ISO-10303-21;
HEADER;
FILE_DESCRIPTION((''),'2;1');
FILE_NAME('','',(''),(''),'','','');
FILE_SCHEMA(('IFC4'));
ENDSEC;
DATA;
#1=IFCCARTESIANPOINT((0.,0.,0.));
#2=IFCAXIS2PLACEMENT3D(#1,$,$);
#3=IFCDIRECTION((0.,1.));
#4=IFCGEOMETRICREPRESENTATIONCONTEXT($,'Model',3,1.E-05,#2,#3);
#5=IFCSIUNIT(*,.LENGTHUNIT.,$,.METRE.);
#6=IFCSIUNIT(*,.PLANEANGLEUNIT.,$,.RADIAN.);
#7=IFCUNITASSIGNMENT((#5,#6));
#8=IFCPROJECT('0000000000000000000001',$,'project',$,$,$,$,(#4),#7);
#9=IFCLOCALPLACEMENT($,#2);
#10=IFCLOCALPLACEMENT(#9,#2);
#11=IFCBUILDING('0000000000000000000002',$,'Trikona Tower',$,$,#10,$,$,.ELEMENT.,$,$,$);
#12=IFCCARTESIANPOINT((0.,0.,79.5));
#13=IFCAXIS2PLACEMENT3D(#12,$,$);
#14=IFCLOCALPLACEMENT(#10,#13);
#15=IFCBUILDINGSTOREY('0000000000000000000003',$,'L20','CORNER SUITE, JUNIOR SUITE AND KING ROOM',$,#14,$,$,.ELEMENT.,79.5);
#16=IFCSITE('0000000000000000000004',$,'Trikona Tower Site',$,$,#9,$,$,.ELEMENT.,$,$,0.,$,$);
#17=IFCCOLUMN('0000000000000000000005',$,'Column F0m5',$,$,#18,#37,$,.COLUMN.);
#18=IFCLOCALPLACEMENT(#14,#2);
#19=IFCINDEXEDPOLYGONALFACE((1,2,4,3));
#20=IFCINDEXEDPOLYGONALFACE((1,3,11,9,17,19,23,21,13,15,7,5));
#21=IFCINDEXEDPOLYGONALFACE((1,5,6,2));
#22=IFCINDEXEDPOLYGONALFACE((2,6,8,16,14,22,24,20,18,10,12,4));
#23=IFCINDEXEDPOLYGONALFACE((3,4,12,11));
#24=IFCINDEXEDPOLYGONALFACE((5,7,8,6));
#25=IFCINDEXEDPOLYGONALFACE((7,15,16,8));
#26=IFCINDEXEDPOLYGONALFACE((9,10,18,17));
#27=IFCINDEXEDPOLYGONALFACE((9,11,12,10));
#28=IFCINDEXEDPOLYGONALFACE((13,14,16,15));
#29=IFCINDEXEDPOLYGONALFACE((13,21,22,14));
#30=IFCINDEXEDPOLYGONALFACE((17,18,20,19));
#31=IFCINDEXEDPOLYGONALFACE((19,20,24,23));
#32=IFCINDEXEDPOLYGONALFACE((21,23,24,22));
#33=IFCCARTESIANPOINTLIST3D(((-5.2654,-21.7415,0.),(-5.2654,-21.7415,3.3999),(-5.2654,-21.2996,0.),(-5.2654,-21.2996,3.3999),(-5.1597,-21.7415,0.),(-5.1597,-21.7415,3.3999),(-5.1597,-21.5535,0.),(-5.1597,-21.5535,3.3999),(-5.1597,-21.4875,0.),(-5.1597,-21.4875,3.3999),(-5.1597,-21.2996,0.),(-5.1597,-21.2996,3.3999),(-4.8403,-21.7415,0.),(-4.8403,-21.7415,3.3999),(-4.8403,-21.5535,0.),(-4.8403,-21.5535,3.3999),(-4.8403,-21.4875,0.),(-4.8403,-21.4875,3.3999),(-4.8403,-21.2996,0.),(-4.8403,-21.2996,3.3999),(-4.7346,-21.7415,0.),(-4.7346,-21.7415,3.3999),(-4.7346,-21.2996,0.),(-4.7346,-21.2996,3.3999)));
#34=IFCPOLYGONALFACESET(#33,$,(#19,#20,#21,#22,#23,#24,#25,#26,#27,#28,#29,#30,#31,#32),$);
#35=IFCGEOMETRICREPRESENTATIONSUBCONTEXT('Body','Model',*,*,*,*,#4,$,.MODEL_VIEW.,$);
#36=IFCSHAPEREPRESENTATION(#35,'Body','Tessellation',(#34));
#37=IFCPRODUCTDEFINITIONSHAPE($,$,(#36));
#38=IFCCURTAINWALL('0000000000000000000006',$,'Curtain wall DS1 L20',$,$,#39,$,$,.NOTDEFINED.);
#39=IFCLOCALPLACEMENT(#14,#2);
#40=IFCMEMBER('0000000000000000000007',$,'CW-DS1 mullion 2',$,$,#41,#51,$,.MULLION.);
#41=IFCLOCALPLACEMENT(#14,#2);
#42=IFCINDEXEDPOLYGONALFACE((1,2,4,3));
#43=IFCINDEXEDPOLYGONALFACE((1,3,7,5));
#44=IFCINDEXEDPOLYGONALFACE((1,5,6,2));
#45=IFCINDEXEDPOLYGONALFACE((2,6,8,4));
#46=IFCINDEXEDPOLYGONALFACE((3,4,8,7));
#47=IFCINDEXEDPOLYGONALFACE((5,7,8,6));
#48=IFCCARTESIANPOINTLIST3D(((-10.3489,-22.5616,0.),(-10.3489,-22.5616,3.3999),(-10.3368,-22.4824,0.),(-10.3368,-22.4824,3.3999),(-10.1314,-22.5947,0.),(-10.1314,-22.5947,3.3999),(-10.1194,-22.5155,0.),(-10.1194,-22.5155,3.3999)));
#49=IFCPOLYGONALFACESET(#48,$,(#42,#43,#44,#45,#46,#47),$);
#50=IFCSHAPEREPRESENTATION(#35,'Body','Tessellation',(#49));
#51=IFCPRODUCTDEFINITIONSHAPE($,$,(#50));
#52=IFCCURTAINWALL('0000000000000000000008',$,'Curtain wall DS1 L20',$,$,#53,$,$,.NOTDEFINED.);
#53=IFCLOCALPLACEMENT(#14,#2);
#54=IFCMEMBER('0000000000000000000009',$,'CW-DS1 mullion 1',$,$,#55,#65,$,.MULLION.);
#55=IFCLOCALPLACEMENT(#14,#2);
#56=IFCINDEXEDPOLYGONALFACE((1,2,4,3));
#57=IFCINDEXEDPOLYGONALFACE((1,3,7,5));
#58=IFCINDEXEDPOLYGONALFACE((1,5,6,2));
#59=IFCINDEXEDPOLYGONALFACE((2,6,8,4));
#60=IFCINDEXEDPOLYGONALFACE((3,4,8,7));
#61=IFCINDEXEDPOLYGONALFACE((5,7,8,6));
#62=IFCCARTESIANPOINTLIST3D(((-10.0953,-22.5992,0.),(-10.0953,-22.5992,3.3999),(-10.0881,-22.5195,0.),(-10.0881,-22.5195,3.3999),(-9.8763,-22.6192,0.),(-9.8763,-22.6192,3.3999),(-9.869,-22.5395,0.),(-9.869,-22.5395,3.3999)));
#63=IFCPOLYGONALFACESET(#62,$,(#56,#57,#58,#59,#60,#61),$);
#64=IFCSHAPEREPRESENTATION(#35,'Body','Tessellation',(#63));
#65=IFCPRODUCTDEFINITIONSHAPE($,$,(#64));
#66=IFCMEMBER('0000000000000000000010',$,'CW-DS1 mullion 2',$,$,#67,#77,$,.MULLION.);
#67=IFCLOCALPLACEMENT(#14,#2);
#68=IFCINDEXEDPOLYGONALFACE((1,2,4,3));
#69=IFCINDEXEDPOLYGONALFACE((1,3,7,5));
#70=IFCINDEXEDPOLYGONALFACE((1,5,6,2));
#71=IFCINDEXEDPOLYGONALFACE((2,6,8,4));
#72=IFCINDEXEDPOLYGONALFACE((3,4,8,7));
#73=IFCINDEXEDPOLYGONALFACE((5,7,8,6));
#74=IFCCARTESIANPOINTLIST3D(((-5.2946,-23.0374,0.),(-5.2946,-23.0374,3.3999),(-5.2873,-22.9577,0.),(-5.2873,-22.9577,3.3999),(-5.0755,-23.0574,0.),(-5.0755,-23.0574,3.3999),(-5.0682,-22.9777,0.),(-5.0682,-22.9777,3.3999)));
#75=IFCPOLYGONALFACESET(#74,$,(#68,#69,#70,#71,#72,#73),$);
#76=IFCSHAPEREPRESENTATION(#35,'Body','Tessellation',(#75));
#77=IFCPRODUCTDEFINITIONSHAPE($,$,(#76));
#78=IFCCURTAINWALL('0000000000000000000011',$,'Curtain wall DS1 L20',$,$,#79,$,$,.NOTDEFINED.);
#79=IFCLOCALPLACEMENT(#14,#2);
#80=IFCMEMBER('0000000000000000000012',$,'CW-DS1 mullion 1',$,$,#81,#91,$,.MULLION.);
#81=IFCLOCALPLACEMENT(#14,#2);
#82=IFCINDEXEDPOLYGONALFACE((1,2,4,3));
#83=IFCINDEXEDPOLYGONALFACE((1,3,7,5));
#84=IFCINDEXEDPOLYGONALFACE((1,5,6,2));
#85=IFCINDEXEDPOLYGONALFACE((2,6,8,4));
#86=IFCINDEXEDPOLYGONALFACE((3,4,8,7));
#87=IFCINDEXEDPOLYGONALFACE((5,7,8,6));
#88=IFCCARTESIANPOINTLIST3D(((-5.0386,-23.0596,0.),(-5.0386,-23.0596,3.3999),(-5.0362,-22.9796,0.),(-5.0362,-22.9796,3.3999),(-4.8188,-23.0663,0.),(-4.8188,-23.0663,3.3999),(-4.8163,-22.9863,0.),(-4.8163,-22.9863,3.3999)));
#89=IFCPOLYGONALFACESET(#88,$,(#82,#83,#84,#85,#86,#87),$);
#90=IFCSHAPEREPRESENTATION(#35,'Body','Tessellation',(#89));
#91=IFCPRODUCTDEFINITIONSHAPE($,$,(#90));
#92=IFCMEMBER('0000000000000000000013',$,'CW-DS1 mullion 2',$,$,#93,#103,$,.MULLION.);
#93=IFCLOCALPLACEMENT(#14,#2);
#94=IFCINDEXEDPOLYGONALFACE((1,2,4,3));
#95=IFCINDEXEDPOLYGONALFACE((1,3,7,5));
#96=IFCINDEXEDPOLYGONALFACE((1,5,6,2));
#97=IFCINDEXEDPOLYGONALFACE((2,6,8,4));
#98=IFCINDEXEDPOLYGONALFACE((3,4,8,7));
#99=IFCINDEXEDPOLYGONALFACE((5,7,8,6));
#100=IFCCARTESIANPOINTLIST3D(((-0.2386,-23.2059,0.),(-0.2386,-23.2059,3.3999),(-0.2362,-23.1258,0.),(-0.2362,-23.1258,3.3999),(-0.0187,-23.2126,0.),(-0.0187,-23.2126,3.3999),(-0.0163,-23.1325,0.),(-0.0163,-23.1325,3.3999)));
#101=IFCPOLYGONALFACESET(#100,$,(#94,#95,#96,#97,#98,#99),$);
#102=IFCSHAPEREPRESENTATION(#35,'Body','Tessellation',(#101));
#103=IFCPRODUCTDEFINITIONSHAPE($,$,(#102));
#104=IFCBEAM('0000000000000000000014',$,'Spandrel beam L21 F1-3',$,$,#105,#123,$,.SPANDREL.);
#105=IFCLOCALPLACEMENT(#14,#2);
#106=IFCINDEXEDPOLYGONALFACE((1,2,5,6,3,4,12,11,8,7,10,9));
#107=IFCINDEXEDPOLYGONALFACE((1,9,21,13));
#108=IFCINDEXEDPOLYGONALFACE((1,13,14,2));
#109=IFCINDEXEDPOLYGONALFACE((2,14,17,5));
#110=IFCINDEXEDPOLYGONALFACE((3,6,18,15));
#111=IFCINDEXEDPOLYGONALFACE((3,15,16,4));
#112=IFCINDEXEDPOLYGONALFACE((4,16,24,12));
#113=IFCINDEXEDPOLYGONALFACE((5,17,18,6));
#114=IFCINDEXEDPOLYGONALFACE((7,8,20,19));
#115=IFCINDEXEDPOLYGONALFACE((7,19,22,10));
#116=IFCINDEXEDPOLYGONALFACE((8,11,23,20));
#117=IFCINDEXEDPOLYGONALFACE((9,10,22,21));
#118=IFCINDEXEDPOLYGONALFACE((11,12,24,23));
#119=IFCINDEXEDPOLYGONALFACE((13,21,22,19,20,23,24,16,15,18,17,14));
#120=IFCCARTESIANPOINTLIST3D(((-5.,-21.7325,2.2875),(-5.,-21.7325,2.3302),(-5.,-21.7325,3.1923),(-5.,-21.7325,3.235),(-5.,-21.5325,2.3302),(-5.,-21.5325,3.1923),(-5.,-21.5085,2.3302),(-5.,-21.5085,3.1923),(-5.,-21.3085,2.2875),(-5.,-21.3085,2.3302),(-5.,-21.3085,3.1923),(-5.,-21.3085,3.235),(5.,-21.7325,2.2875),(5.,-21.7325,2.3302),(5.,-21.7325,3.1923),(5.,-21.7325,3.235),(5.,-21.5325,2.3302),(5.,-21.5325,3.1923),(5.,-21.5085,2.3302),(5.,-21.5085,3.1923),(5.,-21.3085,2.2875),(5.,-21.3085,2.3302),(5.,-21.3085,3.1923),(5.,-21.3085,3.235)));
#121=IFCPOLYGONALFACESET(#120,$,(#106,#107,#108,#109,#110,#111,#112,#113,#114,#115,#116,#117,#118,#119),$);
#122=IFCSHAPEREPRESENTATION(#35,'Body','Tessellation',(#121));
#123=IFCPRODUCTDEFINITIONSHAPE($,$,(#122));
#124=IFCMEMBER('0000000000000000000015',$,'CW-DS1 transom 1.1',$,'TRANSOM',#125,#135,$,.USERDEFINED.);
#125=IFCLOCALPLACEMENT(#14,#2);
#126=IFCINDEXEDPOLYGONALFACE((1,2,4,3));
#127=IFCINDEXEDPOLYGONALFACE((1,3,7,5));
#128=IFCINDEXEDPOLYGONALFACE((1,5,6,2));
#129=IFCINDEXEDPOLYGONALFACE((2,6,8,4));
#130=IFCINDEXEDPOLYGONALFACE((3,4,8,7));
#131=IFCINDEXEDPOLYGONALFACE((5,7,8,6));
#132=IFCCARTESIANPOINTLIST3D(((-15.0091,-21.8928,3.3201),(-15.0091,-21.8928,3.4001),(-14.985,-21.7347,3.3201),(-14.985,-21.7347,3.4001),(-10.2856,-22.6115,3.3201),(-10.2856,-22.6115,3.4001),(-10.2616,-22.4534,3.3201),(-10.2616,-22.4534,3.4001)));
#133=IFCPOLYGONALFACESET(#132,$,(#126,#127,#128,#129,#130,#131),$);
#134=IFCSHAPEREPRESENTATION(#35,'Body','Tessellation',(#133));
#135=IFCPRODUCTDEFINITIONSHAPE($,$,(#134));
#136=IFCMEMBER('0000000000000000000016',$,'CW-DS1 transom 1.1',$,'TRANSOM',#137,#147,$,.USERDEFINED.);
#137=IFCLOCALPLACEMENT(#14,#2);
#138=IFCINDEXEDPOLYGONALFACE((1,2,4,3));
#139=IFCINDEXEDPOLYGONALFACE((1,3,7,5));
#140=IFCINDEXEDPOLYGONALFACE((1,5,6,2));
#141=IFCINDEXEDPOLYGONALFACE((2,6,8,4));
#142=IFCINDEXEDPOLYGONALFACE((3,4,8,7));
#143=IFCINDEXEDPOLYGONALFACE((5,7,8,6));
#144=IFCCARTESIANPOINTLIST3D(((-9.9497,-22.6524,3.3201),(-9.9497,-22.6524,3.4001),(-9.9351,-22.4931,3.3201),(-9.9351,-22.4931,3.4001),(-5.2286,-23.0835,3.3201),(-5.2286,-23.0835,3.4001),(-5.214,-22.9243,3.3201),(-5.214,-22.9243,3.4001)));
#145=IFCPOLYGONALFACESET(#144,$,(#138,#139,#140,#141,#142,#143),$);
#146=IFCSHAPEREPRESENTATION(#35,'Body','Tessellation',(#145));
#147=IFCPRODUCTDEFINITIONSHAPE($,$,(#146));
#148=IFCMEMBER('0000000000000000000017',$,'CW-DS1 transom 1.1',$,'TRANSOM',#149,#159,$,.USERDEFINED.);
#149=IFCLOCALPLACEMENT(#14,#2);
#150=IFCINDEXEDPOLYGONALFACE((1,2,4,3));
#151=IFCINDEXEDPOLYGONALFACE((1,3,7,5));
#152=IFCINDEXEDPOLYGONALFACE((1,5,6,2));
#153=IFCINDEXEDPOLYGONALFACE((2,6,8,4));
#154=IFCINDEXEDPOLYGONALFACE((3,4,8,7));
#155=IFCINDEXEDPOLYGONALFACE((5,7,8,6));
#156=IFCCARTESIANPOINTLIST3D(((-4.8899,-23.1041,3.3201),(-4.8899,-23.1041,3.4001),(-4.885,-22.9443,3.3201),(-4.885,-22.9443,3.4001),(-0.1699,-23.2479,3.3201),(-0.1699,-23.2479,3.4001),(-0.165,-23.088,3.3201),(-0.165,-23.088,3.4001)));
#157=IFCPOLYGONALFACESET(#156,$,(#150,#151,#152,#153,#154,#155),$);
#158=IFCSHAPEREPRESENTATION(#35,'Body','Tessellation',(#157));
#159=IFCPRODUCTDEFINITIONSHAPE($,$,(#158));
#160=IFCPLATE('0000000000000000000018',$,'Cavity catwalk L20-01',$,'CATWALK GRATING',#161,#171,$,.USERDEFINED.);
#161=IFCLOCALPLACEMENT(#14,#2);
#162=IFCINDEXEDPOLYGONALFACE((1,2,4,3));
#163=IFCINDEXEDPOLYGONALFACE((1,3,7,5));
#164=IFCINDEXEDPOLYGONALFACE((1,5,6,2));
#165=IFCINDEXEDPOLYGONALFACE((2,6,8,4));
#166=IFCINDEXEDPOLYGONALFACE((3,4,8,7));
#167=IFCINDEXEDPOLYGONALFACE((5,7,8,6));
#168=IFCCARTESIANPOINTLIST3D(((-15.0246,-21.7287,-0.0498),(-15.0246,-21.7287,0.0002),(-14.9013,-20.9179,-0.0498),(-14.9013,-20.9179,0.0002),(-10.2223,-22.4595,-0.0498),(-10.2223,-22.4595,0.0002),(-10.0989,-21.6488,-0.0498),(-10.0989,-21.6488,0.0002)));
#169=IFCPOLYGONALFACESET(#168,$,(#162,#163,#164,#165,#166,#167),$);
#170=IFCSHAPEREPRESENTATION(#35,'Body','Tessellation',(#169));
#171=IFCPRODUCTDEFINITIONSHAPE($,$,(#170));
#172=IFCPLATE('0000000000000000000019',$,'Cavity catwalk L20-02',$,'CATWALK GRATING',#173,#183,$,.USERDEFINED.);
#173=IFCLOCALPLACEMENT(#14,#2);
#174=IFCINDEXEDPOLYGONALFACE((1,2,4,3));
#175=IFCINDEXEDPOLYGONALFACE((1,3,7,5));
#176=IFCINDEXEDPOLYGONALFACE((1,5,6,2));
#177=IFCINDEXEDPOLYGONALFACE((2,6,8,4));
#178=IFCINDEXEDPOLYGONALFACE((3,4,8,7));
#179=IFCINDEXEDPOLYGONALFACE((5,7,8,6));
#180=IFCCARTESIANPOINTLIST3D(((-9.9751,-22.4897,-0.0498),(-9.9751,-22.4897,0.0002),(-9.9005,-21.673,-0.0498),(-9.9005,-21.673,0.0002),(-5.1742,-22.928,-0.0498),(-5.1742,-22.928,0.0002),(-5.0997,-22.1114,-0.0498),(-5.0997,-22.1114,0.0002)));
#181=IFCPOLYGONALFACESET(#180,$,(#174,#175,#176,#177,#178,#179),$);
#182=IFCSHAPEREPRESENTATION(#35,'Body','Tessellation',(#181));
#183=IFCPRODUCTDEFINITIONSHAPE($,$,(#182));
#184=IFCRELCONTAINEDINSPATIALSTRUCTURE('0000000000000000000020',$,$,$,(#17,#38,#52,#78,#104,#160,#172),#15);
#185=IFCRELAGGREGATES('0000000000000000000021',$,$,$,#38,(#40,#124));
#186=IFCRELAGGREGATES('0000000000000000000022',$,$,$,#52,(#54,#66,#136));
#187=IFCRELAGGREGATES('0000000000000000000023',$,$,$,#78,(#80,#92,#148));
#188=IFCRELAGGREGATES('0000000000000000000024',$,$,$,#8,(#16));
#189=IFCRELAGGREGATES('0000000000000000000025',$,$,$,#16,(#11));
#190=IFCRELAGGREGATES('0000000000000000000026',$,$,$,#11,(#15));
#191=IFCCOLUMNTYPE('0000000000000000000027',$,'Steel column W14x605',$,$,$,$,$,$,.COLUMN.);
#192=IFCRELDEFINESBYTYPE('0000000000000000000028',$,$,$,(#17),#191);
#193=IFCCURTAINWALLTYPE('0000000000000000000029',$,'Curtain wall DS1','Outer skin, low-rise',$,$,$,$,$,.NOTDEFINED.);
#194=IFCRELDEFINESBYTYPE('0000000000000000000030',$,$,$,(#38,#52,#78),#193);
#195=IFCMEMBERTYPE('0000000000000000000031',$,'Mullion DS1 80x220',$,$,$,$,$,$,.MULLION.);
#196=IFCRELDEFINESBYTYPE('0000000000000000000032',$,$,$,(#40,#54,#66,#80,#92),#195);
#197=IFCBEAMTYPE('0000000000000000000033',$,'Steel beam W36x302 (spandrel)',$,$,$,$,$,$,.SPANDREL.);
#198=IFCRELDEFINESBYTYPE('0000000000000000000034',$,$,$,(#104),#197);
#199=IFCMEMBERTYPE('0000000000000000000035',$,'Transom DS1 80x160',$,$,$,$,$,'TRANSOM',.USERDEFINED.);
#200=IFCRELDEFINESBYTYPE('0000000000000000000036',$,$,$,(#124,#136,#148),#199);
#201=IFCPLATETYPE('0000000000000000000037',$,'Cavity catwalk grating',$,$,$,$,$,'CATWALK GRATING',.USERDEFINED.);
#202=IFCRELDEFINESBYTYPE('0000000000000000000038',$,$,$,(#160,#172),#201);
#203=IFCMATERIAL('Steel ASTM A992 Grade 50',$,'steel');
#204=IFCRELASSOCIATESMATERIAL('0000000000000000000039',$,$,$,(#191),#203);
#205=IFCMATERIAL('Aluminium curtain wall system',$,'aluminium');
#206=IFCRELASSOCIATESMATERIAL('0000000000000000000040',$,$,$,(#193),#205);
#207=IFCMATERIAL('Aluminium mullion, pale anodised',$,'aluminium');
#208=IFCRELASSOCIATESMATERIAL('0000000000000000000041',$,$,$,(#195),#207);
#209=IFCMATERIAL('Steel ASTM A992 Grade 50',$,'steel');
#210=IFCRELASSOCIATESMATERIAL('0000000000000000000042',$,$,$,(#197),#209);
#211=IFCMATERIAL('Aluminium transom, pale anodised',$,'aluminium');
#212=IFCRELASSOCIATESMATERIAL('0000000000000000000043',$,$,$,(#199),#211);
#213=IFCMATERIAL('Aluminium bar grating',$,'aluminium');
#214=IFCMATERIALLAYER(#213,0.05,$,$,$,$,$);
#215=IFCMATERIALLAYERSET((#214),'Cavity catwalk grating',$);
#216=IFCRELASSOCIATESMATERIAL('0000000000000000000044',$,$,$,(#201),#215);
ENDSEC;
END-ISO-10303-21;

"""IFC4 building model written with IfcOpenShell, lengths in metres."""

from ifc_helpers import new_model, si_unit, direction, frame, origin, origin_2d, place, context, subcontext, project, spatial, rectangle, i_section, extrude, material, layer, layer_set, material_profile, profile_set, type_object, element, aggregate, save


model = new_model("IFC4")

# Units and contexts
model_context = context("Model", 3, precision=1e-05, world=origin(), true_north=direction((0.0, 1.0)))
body_context = subcontext(model_context, "Body", "Model", "MODEL_VIEW")
ifc_project = project(units=[si_unit("LENGTHUNIT", "METRE"), si_unit("PLANEANGLEUNIT", "RADIAN")], contexts=[model_context])

# Site, building, storey
site_placement = place(None, origin())
site = spatial("IfcSite", under=ifc_project, at=site_placement, Name="Trikona Tower Site", CompositionType="ELEMENT", RefElevation=0.0)
building_placement = place(site_placement, origin())
building = spatial("IfcBuilding", under=site, at=building_placement, Name="Trikona Tower", CompositionType="ELEMENT")
storey_placement = place(building_placement, frame((0.0, 0.0, 79.5)))
storey = spatial("IfcBuildingStorey", under=building, at=storey_placement, Name="L20", Description="CORNER SUITE, JUNIOR SUITE AND KING ROOM", CompositionType="ELEMENT", Elevation=79.5)

# Column
ifc_material_1 = material(Name="Steel ASTM A992 Grade 50", Category="steel")
ifc_material_profile_1 = material_profile(ifc_material_1, i_section(OverallWidth=0.4419, OverallDepth=0.5308, WebThickness=0.0659, FlangeThickness=0.1057, at=origin_2d()), Name="W14X605")
ifc_profile_set_1 = profile_set([ifc_material_profile_1], Name="Steel ASTM A992 Grade 50")
column_type = type_object("IfcColumnType", Name="Steel column W14x605", PredefinedType="COLUMN", material=ifc_profile_set_1)
column_placement = place(storey_placement, frame((-5.0, -21.5205, 0.0), z_axis=(0.0, 0.0, 1.0), x_axis=(0.0, -1.0, 0.0)))
element("IfcColumn", 1, at=column_placement, inside=storey, type_object=column_type, Name="Column F0m5", PredefinedType="COLUMN", context=body_context, shape_type="SweptSolid", body=[
    extrude(i_section(OverallWidth=0.4419, OverallDepth=0.5308, WebThickness=0.0659, FlangeThickness=0.1057, at=origin_2d()), origin(), (0.0, 0.0, 1.0), 3.3999),
])

# Curtain wall, member
ifc_material_2 = material(Name="Aluminium curtain wall system", Category="aluminium")
curtain_wall_type = type_object("IfcCurtainWallType", Name="Curtain wall DS1", Description="Outer skin, low-rise", PredefinedType="NOTDEFINED", material=ifc_material_2)
curtain_wall_1_placement = place(storey_placement, origin())
curtain_wall_1 = element("IfcCurtainWall", 2, at=curtain_wall_1_placement, inside=storey, type_object=curtain_wall_type, Name="Curtain wall DS1 L20", PredefinedType="NOTDEFINED")
ifc_material_3 = material(Name="Aluminium mullion, pale anodised", Category="aluminium")
ifc_material_profile_2 = material_profile(ifc_material_3, rectangle(XDim=0.0801, YDim=0.22, at=origin_2d()), Name="MUL-DS1")
ifc_profile_set_2 = profile_set([ifc_material_profile_2], Name="Aluminium mullion, pale anodised")
member_type_1 = type_object("IfcMemberType", Name="Mullion DS1 80x220", PredefinedType="MULLION", material=ifc_profile_set_2)
member_1_placement = place(storey_placement, frame((-10.2341, -22.5386, 0.0), z_axis=(0.0, 0.0, 1.0), x_axis=(0.150438, 0.988619, 0.0)))
member_1 = element("IfcMember", 3, at=member_1_placement, type_object=member_type_1, Name="CW-DS1 mullion 2", PredefinedType="MULLION", context=body_context, shape_type="SweptSolid", body=[
    extrude(rectangle(XDim=0.0801, YDim=0.22, at=origin_2d()), origin(), (0.0, 0.0, 1.0), 3.3999),
])

# Curtain walls, members
curtain_wall_2_placement = place(storey_placement, origin())
curtain_wall_2 = element("IfcCurtainWall", 4, at=curtain_wall_2_placement, inside=storey, type_object=curtain_wall_type, Name="Curtain wall DS1 L20", PredefinedType="NOTDEFINED")
member_2_placement = place(storey_placement, frame((-9.9822, -22.5693, 0.0), z_axis=(0.0, 0.0, 1.0), x_axis=(0.090924, 0.995858, 0.0)))
member_2 = element("IfcMember", 5, at=member_2_placement, type_object=member_type_1, Name="CW-DS1 mullion 1", PredefinedType="MULLION", context=body_context, shape_type="SweptSolid", body=[
    extrude(rectangle(XDim=0.0801, YDim=0.22, at=origin_2d()), origin(), (0.0, 0.0, 1.0), 3.3999),
])
member_3_placement = place(storey_placement, frame((-5.1814, -23.0076, 0.0), z_axis=(0.0, 0.0, 1.0), x_axis=(0.090924, 0.995858, 0.0)))
member_3 = element("IfcMember", 6, at=member_3_placement, type_object=member_type_1, Name="CW-DS1 mullion 2", PredefinedType="MULLION", context=body_context, shape_type="SweptSolid", body=[
    extrude(rectangle(XDim=0.0801, YDim=0.22, at=origin_2d()), origin(), (0.0, 0.0, 1.0), 3.3999),
])
curtain_wall_3_placement = place(storey_placement, origin())
curtain_wall_3 = element("IfcCurtainWall", 7, at=curtain_wall_3_placement, inside=storey, type_object=curtain_wall_type, Name="Curtain wall DS1 L20", PredefinedType="NOTDEFINED")
member_4_placement = place(storey_placement, frame((-4.9275, -23.0229, 0.0), z_axis=(0.0, 0.0, 1.0), x_axis=(0.030437, 0.999537, 0.0)))
member_4 = element("IfcMember", 8, at=member_4_placement, type_object=member_type_1, Name="CW-DS1 mullion 1", PredefinedType="MULLION", context=body_context, shape_type="SweptSolid", body=[
    extrude(rectangle(XDim=0.0801, YDim=0.22, at=origin_2d()), origin(), (0.0, 0.0, 1.0), 3.3999),
])
member_5_placement = place(storey_placement, frame((-0.1274, -23.1692, 0.0), z_axis=(0.0, 0.0, 1.0), x_axis=(0.030437, 0.999537, 0.0)))
member_5 = element("IfcMember", 9, at=member_5_placement, type_object=member_type_1, Name="CW-DS1 mullion 2", PredefinedType="MULLION", context=body_context, shape_type="SweptSolid", body=[
    extrude(rectangle(XDim=0.0801, YDim=0.22, at=origin_2d()), origin(), (0.0, 0.0, 1.0), 3.3999),
])

# Beam
ifc_material_4 = material(Name="Steel ASTM A992 Grade 50", Category="steel")
ifc_material_profile_3 = material_profile(ifc_material_4, i_section(OverallWidth=0.4241, OverallDepth=0.9475, WebThickness=0.0239, FlangeThickness=0.0427, at=origin_2d()), Name="W36X302")
ifc_profile_set_3 = profile_set([ifc_material_profile_3], Name="Steel ASTM A992 Grade 50")
beam_type = type_object("IfcBeamType", Name="Steel beam W36x302 (spandrel)", PredefinedType="SPANDREL", material=ifc_profile_set_3)
beam_placement = place(storey_placement, frame((-5.0, -21.5205, 2.7612), z_axis=(1.0, 0.0, 0.0), x_axis=(0.0, 1.0, 0.0)))
element("IfcBeam", 10, at=beam_placement, inside=storey, type_object=beam_type, Name="Spandrel beam L21 F1-3", PredefinedType="SPANDREL", context=body_context, shape_type="SweptSolid", body=[
    extrude(i_section(OverallWidth=0.4241, OverallDepth=0.9475, WebThickness=0.0239, FlangeThickness=0.0427, at=origin_2d()), origin(), (0.0, 0.0, 1.0), 10.0),
])

# Members
ifc_material_5 = material(Name="Aluminium transom, pale anodised", Category="aluminium")
ifc_material_profile_4 = material_profile(ifc_material_5, rectangle(XDim=0.1599, YDim=0.0801, at=origin_2d()), Name="TRN-DS1")
ifc_profile_set_4 = profile_set([ifc_material_profile_4], Name="Aluminium transom, pale anodised")
member_type_2 = type_object("IfcMemberType", Name="Transom DS1 80x160", ElementType="TRANSOM", PredefinedType="USERDEFINED", material=ifc_profile_set_4)
member_6_placement = place(storey_placement, frame((-14.9971, -21.8137, 3.3601), z_axis=(0.98862, -0.150437, 0.0), x_axis=(0.150437, 0.98862, 0.0)))
member_6 = element("IfcMember", 11, at=member_6_placement, type_object=member_type_2, Name="CW-DS1 transom 1.1", ObjectType="TRANSOM", PredefinedType="USERDEFINED", context=body_context, shape_type="SweptSolid", body=[
    extrude(rectangle(XDim=0.1599, YDim=0.0801, at=origin_2d()), origin(), (0.0, 0.0, 1.0), 4.7778),
])
member_7_placement = place(storey_placement, frame((-9.9424, -22.5728, 3.3601), z_axis=(0.995856, -0.090944, 0.0), x_axis=(0.090944, 0.995856, 0.0)))
member_7 = element("IfcMember", 12, at=member_7_placement, type_object=member_type_2, Name="CW-DS1 transom 1.1", ObjectType="TRANSOM", PredefinedType="USERDEFINED", context=body_context, shape_type="SweptSolid", body=[
    extrude(rectangle(XDim=0.1599, YDim=0.0801, at=origin_2d()), origin(), (0.0, 0.0, 1.0), 4.7407),
])
member_8_placement = place(storey_placement, frame((-4.8875, -23.0242, 3.3601), z_axis=(0.999536, -0.030452, 0.0), x_axis=(0.030452, 0.999536, 0.0)))
member_8 = element("IfcMember", 13, at=member_8_placement, type_object=member_type_2, Name="CW-DS1 transom 1.1", ObjectType="TRANSOM", PredefinedType="USERDEFINED", context=body_context, shape_type="SweptSolid", body=[
    extrude(rectangle(XDim=0.1599, YDim=0.0801, at=origin_2d()), origin(), (0.0, 0.0, 1.0), 4.7222),
])

# Plates
ifc_material_6 = material(Name="Aluminium bar grating", Category="aluminium")
ifc_layer_1 = layer(ifc_material_6, 0.05)
ifc_layer_set_1 = layer_set([ifc_layer_1], Name="Cavity catwalk grating")
plate_type_1 = type_object("IfcPlateType", Name="Cavity catwalk grating", ElementType="CATWALK GRATING", PredefinedType="USERDEFINED", material=ifc_layer_set_1)
plate_1_placement = place(storey_placement, frame((-12.5618, -21.6887, -0.0498), z_axis=(0.0, 0.0, 1.0), x_axis=(0.988618, -0.150448, 0.0)))
element("IfcPlate", 14, at=plate_1_placement, inside=storey, type_object=plate_type_1, Name="Cavity catwalk L20-01", ObjectType="CATWALK GRATING", PredefinedType="USERDEFINED", context=body_context, shape_type="SweptSolid", body=[
    extrude(rectangle(XDim=4.8577, YDim=0.8201, at=origin_2d()), origin(), (0.0, 0.0, 1.0), 0.05),
])
plate_2_placement = place(storey_placement, frame((-7.5374, -22.3005, -0.0498), z_axis=(0.0, 0.0, 1.0), x_axis=(0.995858, -0.090921, 0.0)))
element("IfcPlate", 15, at=plate_2_placement, inside=storey, type_object=plate_type_1, Name="Cavity catwalk L20-02", ObjectType="CATWALK GRATING", PredefinedType="USERDEFINED", context=body_context, shape_type="SweptSolid", body=[
    extrude(rectangle(XDim=4.8208, YDim=0.8201, at=origin_2d()), origin(), (0.0, 0.0, 1.0), 0.05),
])

aggregate(curtain_wall_1, [member_1, member_6])
aggregate(curtain_wall_2, [member_2, member_3, member_7])
aggregate(curtain_wall_3, [member_4, member_5, member_8])

save(model, "model.ifc")
